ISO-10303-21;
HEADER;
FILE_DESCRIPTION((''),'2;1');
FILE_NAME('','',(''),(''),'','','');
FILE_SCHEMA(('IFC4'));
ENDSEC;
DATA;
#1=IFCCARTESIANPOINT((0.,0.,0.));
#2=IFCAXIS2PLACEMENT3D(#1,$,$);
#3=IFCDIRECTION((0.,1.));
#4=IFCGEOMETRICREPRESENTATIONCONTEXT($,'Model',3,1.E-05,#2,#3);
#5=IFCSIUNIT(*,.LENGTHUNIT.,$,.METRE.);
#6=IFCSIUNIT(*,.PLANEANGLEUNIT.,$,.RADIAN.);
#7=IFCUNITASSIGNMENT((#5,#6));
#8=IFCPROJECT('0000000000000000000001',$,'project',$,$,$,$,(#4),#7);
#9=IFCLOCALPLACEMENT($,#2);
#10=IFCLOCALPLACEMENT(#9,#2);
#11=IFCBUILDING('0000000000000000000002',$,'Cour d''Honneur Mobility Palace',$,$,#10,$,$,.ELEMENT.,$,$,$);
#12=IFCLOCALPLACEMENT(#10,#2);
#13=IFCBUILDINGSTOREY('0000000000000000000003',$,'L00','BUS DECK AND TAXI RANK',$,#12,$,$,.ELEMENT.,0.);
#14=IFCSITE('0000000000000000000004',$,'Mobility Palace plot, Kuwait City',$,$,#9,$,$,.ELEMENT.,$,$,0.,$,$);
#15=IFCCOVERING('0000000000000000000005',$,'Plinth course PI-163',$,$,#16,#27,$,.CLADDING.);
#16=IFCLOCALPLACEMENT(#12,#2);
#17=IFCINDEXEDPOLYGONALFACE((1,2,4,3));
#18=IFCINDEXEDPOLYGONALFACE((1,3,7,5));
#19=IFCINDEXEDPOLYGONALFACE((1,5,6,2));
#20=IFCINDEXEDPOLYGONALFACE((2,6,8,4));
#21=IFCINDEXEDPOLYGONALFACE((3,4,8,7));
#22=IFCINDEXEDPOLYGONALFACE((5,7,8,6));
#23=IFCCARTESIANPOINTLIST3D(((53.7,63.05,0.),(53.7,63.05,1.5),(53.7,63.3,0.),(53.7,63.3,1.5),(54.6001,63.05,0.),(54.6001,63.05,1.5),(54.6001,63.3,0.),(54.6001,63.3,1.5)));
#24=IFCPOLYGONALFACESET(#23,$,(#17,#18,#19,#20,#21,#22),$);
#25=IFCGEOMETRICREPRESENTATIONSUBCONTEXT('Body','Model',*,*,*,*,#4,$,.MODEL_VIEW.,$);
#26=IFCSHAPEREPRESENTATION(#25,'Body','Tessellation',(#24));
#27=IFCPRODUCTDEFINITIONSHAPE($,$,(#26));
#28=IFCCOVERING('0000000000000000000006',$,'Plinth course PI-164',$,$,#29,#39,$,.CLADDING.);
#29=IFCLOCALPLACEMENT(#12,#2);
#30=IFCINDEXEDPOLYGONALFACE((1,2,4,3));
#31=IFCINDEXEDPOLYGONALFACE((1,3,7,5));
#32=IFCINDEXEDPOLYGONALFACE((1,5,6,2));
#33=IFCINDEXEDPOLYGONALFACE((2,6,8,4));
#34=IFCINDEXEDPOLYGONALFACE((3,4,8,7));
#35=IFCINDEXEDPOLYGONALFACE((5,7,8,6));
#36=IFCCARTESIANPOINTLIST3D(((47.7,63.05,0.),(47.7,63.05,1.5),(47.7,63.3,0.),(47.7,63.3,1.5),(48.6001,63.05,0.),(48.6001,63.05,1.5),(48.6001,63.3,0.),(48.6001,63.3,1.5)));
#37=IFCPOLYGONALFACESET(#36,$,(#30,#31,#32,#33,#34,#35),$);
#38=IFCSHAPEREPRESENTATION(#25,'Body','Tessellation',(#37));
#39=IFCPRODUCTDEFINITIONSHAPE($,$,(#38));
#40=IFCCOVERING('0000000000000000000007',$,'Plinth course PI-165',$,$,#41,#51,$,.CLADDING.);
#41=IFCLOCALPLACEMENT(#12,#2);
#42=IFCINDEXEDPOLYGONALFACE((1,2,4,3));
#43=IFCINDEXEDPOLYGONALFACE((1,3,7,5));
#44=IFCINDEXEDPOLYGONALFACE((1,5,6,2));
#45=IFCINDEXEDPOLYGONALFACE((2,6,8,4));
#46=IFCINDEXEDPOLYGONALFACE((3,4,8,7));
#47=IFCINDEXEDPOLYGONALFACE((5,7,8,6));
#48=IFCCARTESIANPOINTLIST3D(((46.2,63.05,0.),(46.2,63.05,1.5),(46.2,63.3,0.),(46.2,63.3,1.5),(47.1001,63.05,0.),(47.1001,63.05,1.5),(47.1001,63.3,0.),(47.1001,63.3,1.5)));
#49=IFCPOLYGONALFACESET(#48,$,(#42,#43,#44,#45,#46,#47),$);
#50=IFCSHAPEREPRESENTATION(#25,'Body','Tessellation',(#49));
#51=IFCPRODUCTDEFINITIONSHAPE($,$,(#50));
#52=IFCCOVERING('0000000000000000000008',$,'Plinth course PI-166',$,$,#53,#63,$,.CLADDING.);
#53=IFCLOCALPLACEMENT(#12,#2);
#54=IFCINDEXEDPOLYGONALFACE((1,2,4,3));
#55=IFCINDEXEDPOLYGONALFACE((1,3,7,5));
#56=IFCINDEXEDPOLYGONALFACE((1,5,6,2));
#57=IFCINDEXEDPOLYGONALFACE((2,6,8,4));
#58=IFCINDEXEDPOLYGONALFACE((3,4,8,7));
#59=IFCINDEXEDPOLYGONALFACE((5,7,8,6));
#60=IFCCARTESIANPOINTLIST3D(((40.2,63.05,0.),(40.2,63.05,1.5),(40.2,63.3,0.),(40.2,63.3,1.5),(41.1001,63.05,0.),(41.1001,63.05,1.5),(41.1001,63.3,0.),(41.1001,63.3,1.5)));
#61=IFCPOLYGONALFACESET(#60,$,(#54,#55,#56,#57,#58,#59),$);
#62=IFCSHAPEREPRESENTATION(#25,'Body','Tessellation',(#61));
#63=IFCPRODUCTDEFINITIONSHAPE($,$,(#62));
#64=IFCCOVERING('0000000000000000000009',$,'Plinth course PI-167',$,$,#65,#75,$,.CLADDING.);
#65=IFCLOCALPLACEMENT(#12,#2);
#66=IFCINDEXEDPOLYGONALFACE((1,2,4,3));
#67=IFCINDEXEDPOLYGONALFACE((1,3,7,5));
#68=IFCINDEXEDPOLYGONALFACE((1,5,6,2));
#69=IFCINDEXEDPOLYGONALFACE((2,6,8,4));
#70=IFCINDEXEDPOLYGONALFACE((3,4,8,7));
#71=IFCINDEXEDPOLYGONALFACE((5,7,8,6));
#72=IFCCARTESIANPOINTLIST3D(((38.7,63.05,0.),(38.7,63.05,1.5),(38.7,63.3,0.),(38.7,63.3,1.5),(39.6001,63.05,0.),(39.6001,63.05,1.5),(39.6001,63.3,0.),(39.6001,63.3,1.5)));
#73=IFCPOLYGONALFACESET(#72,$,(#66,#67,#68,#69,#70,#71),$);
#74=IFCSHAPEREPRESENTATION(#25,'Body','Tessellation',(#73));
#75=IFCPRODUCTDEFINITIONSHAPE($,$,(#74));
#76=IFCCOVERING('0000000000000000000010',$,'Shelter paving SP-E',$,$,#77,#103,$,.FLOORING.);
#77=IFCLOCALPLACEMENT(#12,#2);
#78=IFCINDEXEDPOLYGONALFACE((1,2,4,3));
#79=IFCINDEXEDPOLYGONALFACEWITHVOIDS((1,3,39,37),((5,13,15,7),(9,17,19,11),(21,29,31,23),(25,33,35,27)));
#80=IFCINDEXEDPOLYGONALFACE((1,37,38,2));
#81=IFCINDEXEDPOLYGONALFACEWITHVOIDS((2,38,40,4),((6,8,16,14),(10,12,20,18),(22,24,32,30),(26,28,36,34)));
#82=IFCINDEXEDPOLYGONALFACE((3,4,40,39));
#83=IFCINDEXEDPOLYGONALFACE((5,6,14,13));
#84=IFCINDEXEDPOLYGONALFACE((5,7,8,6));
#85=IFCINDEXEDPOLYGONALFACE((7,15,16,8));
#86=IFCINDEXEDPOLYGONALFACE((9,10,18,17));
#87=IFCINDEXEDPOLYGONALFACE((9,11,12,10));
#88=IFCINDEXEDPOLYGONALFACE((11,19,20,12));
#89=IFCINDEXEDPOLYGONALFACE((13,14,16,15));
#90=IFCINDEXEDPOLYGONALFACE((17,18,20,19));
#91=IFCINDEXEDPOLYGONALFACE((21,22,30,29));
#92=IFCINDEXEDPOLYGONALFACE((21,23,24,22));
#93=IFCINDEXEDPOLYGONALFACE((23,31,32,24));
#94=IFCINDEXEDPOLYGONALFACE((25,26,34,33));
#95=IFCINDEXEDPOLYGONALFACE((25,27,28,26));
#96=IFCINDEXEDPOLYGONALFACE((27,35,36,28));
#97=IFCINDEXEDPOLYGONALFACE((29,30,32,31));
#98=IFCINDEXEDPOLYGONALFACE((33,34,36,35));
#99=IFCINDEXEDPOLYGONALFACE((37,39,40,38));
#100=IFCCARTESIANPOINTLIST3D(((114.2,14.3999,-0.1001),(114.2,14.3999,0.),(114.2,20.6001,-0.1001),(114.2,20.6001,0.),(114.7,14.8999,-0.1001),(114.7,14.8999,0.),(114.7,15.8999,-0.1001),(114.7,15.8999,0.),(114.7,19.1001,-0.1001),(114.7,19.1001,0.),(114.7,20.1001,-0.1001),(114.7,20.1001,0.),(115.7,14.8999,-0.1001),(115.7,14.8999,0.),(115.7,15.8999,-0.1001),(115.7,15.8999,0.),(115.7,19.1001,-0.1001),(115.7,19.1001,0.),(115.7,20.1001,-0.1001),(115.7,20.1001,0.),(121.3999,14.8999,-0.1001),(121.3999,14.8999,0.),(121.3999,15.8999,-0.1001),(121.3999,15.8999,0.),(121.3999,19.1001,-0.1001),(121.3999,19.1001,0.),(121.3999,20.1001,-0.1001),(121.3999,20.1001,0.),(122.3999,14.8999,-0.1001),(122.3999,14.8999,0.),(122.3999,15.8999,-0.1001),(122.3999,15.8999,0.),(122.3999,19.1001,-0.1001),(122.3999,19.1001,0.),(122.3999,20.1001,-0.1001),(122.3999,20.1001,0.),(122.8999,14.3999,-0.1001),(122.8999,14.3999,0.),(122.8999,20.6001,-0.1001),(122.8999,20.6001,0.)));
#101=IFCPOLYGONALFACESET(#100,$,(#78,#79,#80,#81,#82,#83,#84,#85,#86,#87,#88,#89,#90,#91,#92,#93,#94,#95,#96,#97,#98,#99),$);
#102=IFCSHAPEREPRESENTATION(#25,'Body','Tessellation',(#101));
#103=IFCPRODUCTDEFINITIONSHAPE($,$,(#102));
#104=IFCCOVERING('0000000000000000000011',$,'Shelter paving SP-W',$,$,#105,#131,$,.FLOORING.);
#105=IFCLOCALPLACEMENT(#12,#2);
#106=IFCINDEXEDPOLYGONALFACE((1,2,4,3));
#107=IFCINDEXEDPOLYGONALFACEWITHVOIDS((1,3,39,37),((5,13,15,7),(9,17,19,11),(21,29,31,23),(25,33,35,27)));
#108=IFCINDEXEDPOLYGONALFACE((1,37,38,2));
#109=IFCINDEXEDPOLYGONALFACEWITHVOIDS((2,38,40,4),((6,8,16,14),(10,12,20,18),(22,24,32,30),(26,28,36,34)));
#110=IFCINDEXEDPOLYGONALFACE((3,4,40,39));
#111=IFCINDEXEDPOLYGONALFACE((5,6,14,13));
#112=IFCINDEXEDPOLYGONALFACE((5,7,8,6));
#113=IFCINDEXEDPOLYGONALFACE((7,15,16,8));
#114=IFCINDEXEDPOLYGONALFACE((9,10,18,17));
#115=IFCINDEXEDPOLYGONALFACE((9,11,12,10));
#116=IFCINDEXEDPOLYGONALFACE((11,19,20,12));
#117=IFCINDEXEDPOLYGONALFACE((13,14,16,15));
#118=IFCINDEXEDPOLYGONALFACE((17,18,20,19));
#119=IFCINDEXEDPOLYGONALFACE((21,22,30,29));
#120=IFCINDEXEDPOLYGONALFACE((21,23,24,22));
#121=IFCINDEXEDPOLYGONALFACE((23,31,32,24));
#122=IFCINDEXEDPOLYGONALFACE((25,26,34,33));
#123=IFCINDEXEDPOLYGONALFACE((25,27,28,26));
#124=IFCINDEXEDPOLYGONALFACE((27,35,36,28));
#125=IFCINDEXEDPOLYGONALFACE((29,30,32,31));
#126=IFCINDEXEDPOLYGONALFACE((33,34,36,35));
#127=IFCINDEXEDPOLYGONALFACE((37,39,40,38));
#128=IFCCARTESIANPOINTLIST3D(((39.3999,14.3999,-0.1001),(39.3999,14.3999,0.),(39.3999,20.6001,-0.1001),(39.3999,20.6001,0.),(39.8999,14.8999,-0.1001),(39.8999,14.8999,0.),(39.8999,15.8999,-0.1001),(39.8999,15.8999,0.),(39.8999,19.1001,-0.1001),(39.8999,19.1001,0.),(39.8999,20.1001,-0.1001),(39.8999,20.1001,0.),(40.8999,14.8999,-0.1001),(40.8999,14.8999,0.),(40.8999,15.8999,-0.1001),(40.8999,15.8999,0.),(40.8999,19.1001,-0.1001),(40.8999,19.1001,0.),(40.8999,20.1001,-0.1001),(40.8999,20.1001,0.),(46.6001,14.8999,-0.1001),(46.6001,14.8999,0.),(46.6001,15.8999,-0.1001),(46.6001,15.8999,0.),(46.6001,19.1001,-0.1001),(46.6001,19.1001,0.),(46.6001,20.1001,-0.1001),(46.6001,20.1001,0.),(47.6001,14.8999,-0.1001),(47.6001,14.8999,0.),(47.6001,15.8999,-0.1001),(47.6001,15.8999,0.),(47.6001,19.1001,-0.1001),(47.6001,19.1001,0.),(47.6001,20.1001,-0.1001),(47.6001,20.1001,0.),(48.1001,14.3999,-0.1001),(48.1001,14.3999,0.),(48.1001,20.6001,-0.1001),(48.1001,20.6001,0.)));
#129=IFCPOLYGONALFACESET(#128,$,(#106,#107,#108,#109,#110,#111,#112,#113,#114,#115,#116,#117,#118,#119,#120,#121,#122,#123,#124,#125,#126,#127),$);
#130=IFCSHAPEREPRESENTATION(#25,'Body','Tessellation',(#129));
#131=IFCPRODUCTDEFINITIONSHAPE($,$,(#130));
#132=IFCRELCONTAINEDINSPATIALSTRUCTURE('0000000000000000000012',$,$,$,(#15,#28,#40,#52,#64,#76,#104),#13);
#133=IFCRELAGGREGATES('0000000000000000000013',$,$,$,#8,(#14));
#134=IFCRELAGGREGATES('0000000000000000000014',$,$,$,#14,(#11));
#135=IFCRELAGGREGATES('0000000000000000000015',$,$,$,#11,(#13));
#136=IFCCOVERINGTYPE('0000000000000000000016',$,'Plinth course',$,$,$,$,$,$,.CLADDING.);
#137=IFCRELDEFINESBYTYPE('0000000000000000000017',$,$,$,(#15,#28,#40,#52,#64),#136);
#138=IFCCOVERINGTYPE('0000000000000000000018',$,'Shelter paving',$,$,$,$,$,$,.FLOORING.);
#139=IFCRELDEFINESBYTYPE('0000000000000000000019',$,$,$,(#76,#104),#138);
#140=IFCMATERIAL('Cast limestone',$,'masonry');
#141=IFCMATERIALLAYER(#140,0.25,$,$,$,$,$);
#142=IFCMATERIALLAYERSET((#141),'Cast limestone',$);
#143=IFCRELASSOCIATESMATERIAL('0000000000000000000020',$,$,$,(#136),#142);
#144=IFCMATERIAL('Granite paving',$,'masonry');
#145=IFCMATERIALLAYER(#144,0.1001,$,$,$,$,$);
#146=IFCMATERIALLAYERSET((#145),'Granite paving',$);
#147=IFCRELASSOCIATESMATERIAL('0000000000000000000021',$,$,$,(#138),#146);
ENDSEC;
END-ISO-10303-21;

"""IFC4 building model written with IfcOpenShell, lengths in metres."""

from ifc_helpers import new_model, si_unit, direction, frame, origin, place, context, subcontext, project, spatial, polyline, outline, extrude, material, layer, layer_set, type_object, element, save


model = new_model("IFC4")

# Units and contexts
model_context = context("Model", 3, precision=1e-05, world=origin(), true_north=direction((0.0, 1.0)))
body_context = subcontext(model_context, "Body", "Model", "MODEL_VIEW")
ifc_project = project(units=[si_unit("LENGTHUNIT", "METRE"), si_unit("PLANEANGLEUNIT", "RADIAN")], contexts=[model_context])

# Site, building, storey
site_placement = place(None, origin())
site = spatial("IfcSite", under=ifc_project, at=site_placement, Name="Mobility Palace plot, Kuwait City", CompositionType="ELEMENT", RefElevation=0.0)
building_placement = place(site_placement, origin())
building = spatial("IfcBuilding", under=site, at=building_placement, Name="Cour d'Honneur Mobility Palace", CompositionType="ELEMENT")
storey_placement = place(building_placement, origin())
storey = spatial("IfcBuildingStorey", under=building, at=storey_placement, Name="L00", Description="BUS DECK AND TAXI RANK", CompositionType="ELEMENT", Elevation=0.0)

# Coverings
ifc_material_1 = material(Name="Cast limestone", Category="masonry")
ifc_layer_1 = layer(ifc_material_1, 0.25)
ifc_layer_set_1 = layer_set([ifc_layer_1], Name="Cast limestone")
covering_type_1 = type_object("IfcCoveringType", Name="Plinth course", PredefinedType="CLADDING", material=ifc_layer_set_1)
covering_1_placement = place(storey_placement, origin())
element("IfcCovering", 1, at=covering_1_placement, inside=storey, type_object=covering_type_1, Name="Plinth course PI-163", PredefinedType="CLADDING", context=body_context, shape_type="SweptSolid", body=[
    extrude(outline(polyline([(54.6001, 63.05), (53.7, 63.05), (53.7, 63.3), (54.6001, 63.3), (54.6001, 63.05)])), origin(), (0.0, 0.0, 1.0), 1.5),
])
covering_2_placement = place(storey_placement, origin())
element("IfcCovering", 2, at=covering_2_placement, inside=storey, type_object=covering_type_1, Name="Plinth course PI-164", PredefinedType="CLADDING", context=body_context, shape_type="SweptSolid", body=[
    extrude(outline(polyline([(48.6001, 63.05), (47.7, 63.05), (47.7, 63.3), (48.6001, 63.3), (48.6001, 63.05)])), origin(), (0.0, 0.0, 1.0), 1.5),
])
covering_3_placement = place(storey_placement, origin())
element("IfcCovering", 3, at=covering_3_placement, inside=storey, type_object=covering_type_1, Name="Plinth course PI-165", PredefinedType="CLADDING", context=body_context, shape_type="SweptSolid", body=[
    extrude(outline(polyline([(47.1001, 63.05), (46.2, 63.05), (46.2, 63.3), (47.1001, 63.3), (47.1001, 63.05)])), origin(), (0.0, 0.0, 1.0), 1.5),
])
covering_4_placement = place(storey_placement, origin())
element("IfcCovering", 4, at=covering_4_placement, inside=storey, type_object=covering_type_1, Name="Plinth course PI-166", PredefinedType="CLADDING", context=body_context, shape_type="SweptSolid", body=[
    extrude(outline(polyline([(41.1001, 63.05), (40.2, 63.05), (40.2, 63.3), (41.1001, 63.3), (41.1001, 63.05)])), origin(), (0.0, 0.0, 1.0), 1.5),
])
covering_5_placement = place(storey_placement, origin())
element("IfcCovering", 5, at=covering_5_placement, inside=storey, type_object=covering_type_1, Name="Plinth course PI-167", PredefinedType="CLADDING", context=body_context, shape_type="SweptSolid", body=[
    extrude(outline(polyline([(39.6001, 63.05), (38.7, 63.05), (38.7, 63.3), (39.6001, 63.3), (39.6001, 63.05)])), origin(), (0.0, 0.0, 1.0), 1.5),
])
ifc_material_2 = material(Name="Granite paving", Category="masonry")
ifc_layer_2 = layer(ifc_material_2, 0.1001)
ifc_layer_set_2 = layer_set([ifc_layer_2], Name="Granite paving")
covering_type_2 = type_object("IfcCoveringType", Name="Shelter paving", PredefinedType="FLOORING", material=ifc_layer_set_2)
covering_6_placement = place(storey_placement, frame((0.0, 0.0, -0.1001)))
element("IfcCovering", 6, at=covering_6_placement, inside=storey, type_object=covering_type_2, Name="Shelter paving SP-E", PredefinedType="FLOORING", context=body_context, shape_type="SweptSolid", body=[
    extrude(outline(polyline([(114.2, 14.3999), (122.8999, 14.3999), (122.8999, 20.6001), (114.2, 20.6001), (114.2, 14.3999)]), holes=[polyline([(114.7, 14.8999), (115.7, 14.8999), (115.7, 15.8999), (114.7, 15.8999), (114.7, 14.8999)]), polyline([(114.7, 19.1001), (115.7, 19.1001), (115.7, 20.1001), (114.7, 20.1001), (114.7, 19.1001)]), polyline([(121.3999, 14.8999), (122.3999, 14.8999), (122.3999, 15.8999), (121.3999, 15.8999), (121.3999, 14.8999)]), polyline([(121.3999, 19.1001), (122.3999, 19.1001), (122.3999, 20.1001), (121.3999, 20.1001), (121.3999, 19.1001)])]), origin(), (0.0, 0.0, 1.0), 0.1001),
])
covering_7_placement = place(storey_placement, frame((0.0, 0.0, -0.1001)))
element("IfcCovering", 7, at=covering_7_placement, inside=storey, type_object=covering_type_2, Name="Shelter paving SP-W", PredefinedType="FLOORING", context=body_context, shape_type="SweptSolid", body=[
    extrude(outline(polyline([(39.3999, 14.3999), (48.1001, 14.3999), (48.1001, 20.6001), (39.3999, 20.6001), (39.3999, 14.3999)]), holes=[polyline([(39.8999, 14.8999), (40.8999, 14.8999), (40.8999, 15.8999), (39.8999, 15.8999), (39.8999, 14.8999)]), polyline([(39.8999, 19.1001), (40.8999, 19.1001), (40.8999, 20.1001), (39.8999, 20.1001), (39.8999, 19.1001)]), polyline([(46.6001, 14.8999), (47.6001, 14.8999), (47.6001, 15.8999), (46.6001, 15.8999), (46.6001, 14.8999)]), polyline([(46.6001, 19.1001), (47.6001, 19.1001), (47.6001, 20.1001), (46.6001, 20.1001), (46.6001, 19.1001)])]), origin(), (0.0, 0.0, 1.0), 0.1001),
])

save(model, "model.ifc")
